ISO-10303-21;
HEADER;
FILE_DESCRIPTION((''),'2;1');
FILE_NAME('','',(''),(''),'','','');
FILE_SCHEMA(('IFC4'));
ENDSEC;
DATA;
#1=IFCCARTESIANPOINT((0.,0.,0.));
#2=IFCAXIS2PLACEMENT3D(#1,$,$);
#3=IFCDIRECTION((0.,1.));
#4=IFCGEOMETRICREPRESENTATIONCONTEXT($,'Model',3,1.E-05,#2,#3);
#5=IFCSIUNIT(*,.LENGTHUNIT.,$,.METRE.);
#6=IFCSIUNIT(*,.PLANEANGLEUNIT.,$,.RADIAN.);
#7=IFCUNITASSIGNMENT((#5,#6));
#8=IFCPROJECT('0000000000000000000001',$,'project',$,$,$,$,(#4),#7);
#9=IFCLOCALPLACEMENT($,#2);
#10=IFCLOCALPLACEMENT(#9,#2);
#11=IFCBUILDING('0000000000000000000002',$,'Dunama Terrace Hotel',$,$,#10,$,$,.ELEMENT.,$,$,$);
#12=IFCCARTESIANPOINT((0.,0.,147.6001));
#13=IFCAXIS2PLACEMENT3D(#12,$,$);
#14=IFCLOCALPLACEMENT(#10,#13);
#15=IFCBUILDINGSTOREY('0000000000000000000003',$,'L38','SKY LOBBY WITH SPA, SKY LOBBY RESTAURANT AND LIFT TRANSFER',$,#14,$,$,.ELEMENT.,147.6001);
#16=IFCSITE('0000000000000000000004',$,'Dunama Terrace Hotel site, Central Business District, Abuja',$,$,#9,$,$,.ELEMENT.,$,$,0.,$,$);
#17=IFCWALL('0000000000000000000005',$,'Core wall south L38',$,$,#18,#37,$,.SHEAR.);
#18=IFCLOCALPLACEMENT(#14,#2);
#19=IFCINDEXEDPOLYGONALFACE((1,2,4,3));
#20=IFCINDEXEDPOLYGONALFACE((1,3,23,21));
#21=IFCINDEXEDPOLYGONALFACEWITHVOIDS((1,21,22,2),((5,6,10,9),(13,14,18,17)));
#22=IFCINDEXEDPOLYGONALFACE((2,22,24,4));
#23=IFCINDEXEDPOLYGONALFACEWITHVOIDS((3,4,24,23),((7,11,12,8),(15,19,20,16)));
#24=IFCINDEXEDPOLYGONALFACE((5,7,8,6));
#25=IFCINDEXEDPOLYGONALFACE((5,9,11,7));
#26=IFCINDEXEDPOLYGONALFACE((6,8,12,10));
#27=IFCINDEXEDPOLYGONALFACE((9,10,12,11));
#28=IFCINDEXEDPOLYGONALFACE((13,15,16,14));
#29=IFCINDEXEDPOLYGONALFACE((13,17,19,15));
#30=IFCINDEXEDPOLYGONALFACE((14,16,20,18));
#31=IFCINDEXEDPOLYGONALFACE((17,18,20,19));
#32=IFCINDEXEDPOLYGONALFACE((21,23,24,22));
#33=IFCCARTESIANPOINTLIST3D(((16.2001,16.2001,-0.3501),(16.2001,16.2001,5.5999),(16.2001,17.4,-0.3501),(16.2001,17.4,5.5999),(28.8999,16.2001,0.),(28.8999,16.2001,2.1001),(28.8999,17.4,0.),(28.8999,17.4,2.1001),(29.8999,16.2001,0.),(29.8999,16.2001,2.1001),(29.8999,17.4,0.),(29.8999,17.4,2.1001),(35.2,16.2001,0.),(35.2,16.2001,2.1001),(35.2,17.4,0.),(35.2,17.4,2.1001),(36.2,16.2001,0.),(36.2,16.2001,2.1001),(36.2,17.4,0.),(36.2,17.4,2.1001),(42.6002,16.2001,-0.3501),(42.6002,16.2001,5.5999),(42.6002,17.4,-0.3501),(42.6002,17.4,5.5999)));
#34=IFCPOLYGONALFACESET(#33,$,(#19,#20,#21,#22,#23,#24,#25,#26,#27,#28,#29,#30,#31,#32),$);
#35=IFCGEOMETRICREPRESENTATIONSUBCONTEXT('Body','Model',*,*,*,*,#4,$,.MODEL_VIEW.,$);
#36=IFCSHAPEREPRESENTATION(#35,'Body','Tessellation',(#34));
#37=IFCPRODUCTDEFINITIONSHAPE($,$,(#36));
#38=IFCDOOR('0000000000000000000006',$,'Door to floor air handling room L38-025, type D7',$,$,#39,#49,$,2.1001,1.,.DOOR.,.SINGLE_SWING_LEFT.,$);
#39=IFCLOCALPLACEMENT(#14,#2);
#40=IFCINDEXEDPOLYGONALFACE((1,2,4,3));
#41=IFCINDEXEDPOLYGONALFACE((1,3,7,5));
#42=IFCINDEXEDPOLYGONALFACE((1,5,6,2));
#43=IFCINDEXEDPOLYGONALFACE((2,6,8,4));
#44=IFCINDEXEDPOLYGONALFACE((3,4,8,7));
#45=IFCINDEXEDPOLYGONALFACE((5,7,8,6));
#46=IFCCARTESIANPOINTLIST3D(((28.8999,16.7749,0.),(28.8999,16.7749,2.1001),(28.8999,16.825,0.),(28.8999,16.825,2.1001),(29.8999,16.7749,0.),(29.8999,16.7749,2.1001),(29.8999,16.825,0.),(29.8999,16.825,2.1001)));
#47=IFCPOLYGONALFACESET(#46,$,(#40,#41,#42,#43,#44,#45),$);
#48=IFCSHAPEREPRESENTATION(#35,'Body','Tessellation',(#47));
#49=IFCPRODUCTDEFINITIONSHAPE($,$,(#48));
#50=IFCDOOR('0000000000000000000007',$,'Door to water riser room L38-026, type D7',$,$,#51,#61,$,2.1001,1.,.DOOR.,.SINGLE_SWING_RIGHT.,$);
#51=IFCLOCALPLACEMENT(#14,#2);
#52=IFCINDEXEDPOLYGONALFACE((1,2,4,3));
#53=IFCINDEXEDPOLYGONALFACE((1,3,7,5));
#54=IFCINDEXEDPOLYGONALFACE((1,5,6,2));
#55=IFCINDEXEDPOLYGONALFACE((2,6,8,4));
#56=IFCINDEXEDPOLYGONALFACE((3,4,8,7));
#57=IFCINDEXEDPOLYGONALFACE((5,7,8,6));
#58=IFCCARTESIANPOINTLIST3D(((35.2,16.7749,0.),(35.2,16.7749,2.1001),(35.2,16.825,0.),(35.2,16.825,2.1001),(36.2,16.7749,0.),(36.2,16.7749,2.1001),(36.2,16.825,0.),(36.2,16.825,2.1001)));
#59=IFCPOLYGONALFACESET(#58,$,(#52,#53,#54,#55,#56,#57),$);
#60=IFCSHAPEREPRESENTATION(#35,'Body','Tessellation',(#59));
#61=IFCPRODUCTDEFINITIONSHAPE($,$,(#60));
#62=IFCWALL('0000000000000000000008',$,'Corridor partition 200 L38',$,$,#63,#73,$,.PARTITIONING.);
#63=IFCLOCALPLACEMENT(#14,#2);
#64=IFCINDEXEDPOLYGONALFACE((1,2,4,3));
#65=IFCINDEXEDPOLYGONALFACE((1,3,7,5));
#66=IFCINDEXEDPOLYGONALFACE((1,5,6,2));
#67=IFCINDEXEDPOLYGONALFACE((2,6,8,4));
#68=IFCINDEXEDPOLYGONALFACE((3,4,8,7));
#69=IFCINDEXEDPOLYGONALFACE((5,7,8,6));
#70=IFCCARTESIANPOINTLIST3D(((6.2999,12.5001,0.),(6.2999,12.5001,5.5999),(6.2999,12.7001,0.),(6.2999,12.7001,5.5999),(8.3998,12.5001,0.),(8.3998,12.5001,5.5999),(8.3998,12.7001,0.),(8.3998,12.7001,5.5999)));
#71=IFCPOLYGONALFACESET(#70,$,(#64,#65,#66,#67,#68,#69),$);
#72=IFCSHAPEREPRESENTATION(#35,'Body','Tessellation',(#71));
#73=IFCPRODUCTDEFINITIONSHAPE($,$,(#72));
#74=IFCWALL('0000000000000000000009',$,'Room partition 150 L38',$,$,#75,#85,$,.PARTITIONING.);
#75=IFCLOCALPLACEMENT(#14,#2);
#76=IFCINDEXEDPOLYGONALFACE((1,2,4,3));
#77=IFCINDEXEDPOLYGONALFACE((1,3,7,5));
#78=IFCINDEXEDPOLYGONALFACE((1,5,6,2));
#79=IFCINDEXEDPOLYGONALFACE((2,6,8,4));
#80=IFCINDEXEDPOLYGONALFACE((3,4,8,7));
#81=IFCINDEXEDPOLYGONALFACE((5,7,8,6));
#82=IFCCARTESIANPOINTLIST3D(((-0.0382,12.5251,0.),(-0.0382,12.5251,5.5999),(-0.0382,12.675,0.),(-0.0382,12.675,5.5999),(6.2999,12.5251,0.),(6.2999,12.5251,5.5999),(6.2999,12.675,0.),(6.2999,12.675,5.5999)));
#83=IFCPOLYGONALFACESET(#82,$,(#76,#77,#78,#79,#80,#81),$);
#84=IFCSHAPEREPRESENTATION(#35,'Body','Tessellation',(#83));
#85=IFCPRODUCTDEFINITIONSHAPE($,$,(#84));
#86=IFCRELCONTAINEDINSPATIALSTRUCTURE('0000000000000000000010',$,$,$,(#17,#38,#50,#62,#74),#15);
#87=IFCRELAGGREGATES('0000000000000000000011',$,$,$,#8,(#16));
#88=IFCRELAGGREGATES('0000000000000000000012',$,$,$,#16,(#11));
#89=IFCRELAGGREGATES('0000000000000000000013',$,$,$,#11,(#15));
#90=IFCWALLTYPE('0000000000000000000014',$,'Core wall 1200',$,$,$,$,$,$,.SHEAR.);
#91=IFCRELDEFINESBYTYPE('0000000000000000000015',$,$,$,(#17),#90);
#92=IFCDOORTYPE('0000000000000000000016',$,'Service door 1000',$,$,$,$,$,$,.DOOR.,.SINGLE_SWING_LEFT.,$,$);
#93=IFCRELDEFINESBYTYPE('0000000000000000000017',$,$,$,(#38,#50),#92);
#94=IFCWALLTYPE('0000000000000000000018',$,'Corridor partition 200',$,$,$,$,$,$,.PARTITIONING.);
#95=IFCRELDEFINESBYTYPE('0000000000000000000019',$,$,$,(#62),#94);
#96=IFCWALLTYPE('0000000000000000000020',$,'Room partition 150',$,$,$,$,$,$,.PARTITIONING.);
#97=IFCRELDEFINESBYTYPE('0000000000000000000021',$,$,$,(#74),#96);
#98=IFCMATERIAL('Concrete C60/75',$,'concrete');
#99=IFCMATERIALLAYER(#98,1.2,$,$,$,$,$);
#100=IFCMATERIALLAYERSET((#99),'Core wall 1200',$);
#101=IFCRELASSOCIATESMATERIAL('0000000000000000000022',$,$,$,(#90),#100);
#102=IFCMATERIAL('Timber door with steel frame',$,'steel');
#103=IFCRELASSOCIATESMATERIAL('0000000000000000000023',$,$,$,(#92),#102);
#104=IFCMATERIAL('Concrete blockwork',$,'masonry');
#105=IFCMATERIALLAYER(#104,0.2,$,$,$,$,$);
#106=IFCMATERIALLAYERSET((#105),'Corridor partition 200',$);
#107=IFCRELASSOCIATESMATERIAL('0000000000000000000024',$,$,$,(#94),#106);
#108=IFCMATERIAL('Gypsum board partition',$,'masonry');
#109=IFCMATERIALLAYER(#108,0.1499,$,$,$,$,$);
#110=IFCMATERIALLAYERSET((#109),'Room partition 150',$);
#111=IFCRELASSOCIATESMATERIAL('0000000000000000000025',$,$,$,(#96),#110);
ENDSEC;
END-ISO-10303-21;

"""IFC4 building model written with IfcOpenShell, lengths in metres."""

from ifc_helpers import new_model, si_unit, direction, frame, frame_2d, origin, place, context, subcontext, project, spatial, rectangle, extrude, material, layer, layer_set, type_object, element, fill, save


model = new_model("IFC4")

# Units and contexts
model_context = context("Model", 3, precision=1e-05, world=origin(), true_north=direction((0.0, 1.0)))
body_context = subcontext(model_context, "Body", "Model", "MODEL_VIEW")
ifc_project = project(units=[si_unit("LENGTHUNIT", "METRE"), si_unit("PLANEANGLEUNIT", "RADIAN")], contexts=[model_context])

# Site, building, storey
site_placement = place(None, origin())
site = spatial("IfcSite", under=ifc_project, at=site_placement, Name="Dunama Terrace Hotel site, Central Business District, Abuja", CompositionType="ELEMENT", RefElevation=0.0)
building_placement = place(site_placement, origin())
building = spatial("IfcBuilding", under=site, at=building_placement, Name="Dunama Terrace Hotel", CompositionType="ELEMENT")
storey_placement = place(building_placement, frame((0.0, 0.0, 147.6001)))
storey = spatial("IfcBuildingStorey", under=building, at=storey_placement, Name="L38", Description="SKY LOBBY WITH SPA, SKY LOBBY RESTAURANT AND LIFT TRANSFER", CompositionType="ELEMENT", Elevation=147.6001)

# Wall, openings, doors
ifc_material_1 = material(Name="Concrete C60/75", Category="concrete")
ifc_layer_1 = layer(ifc_material_1, 1.2)
ifc_layer_set_1 = layer_set([ifc_layer_1], Name="Core wall 1200")
wall_type_1 = type_object("IfcWallType", Name="Core wall 1200", PredefinedType="SHEAR", material=ifc_layer_set_1)
wall_1_placement = place(storey_placement, frame((16.2, 16.8, -0.3501), z_axis=(0.0, 0.0, 1.0), x_axis=(1.0, 0.0, 0.0)))
wall_1 = element("IfcWall", 1, at=wall_1_placement, inside=storey, type_object=wall_type_1, Name="Core wall south L38", PredefinedType="SHEAR", context=body_context, shape_type="SweptSolid", body=[
    extrude(rectangle(XDim=26.4001, YDim=1.2, at=frame_2d((13.2002, 0.0))), origin(), (0.0, 0.0, 1.0), 5.95),
])
opening_1_placement = place(wall_1_placement, frame((12.7, 0.0, 0.3501)))
opening_1 = element("IfcOpeningElement", 2, at=opening_1_placement, cuts=wall_1, PredefinedType="OPENING", context=body_context, shape_type="SweptSolid", body=[
    extrude(rectangle(XDim=1.0, YDim=2.1001, at=frame_2d((0.5, 1.05))), frame((0.0, 0.6099, 0.0), z_axis=(0.0, -1.0, 0.0), x_axis=(1.0, 0.0, 0.0)), (0.0, 0.0, 1.0), 1.22),
])
opening_2_placement = place(wall_1_placement, frame((19.0, 0.0, 0.3501)))
opening_2 = element("IfcOpeningElement", 3, at=opening_2_placement, cuts=wall_1, PredefinedType="OPENING", context=body_context, shape_type="SweptSolid", body=[
    extrude(rectangle(XDim=1.0, YDim=2.1001, at=frame_2d((0.5, 1.05))), frame((0.0, 0.6099, 0.0), z_axis=(0.0, -1.0, 0.0), x_axis=(1.0, 0.0, 0.0)), (0.0, 0.0, 1.0), 1.22),
])
ifc_material_2 = material(Name="Timber door with steel frame", Category="steel")
door_type_1 = type_object("IfcDoorType", Name="Service door 1000", OperationType="SINGLE_SWING_LEFT", PredefinedType="DOOR", material=ifc_material_2)
door_1_placement = place(opening_1_placement, origin())
door_1 = element("IfcDoor", 4, at=door_1_placement, inside=storey, type_object=door_type_1, Name="Door to floor air handling room L38-025, type D7", OperationType="SINGLE_SWING_LEFT", OverallHeight=2.1001, OverallWidth=1.0, PredefinedType="DOOR", context=body_context, shape_type="SweptSolid", body=[
    extrude(rectangle(XDim=1.0, YDim=2.1001, at=frame_2d((0.5, 1.05))), frame((0.0, 0.0249, 0.0), z_axis=(0.0, -1.0, 0.0), x_axis=(1.0, 0.0, 0.0)), (0.0, 0.0, 1.0), 0.05),
])
fill(opening_1, door_1)
door_2_placement = place(opening_2_placement, origin())
door_2 = element("IfcDoor", 5, at=door_2_placement, inside=storey, type_object=door_type_1, Name="Door to water riser room L38-026, type D7", OperationType="SINGLE_SWING_RIGHT", OverallHeight=2.1001, OverallWidth=1.0, PredefinedType="DOOR", context=body_context, shape_type="SweptSolid", body=[
    extrude(rectangle(XDim=1.0, YDim=2.1001, at=frame_2d((0.5, 1.05))), frame((0.0, 0.0249, 0.0), z_axis=(0.0, -1.0, 0.0), x_axis=(1.0, 0.0, 0.0)), (0.0, 0.0, 1.0), 0.05),
])
fill(opening_2, door_2)

# Walls
ifc_material_3 = material(Name="Concrete blockwork", Category="masonry")
ifc_layer_2 = layer(ifc_material_3, 0.2)
ifc_layer_set_2 = layer_set([ifc_layer_2], Name="Corridor partition 200")
wall_type_2 = type_object("IfcWallType", Name="Corridor partition 200", PredefinedType="PARTITIONING", material=ifc_layer_set_2)
wall_2_placement = place(storey_placement, frame((6.3, 12.6001, 0.0), z_axis=(0.0, 0.0, 1.0), x_axis=(1.0, 0.0, 0.0)))
element("IfcWall", 6, at=wall_2_placement, inside=storey, type_object=wall_type_2, Name="Corridor partition 200 L38", PredefinedType="PARTITIONING", context=body_context, shape_type="SweptSolid", body=[
    extrude(rectangle(XDim=2.0999, YDim=0.2, at=frame_2d((1.0498, 0.0))), origin(), (0.0, 0.0, 1.0), 5.5999),
])
ifc_material_4 = material(Name="Gypsum board partition", Category="masonry")
ifc_layer_3 = layer(ifc_material_4, 0.1499)
ifc_layer_set_3 = layer_set([ifc_layer_3], Name="Room partition 150")
wall_type_3 = type_object("IfcWallType", Name="Room partition 150", PredefinedType="PARTITIONING", material=ifc_layer_set_3)
wall_3_placement = place(storey_placement, frame((-0.0381, 12.6001, 0.0), z_axis=(0.0, 0.0, 1.0), x_axis=(1.0, 0.0, 0.0)))
element("IfcWall", 7, at=wall_3_placement, inside=storey, type_object=wall_type_3, Name="Room partition 150 L38", PredefinedType="PARTITIONING", context=body_context, shape_type="SweptSolid", body=[
    extrude(rectangle(XDim=6.3381, YDim=0.1499, at=frame_2d((3.1689, 0.0))), origin(), (0.0, 0.0, 1.0), 5.5999),
])

save(model, "model.ifc")
